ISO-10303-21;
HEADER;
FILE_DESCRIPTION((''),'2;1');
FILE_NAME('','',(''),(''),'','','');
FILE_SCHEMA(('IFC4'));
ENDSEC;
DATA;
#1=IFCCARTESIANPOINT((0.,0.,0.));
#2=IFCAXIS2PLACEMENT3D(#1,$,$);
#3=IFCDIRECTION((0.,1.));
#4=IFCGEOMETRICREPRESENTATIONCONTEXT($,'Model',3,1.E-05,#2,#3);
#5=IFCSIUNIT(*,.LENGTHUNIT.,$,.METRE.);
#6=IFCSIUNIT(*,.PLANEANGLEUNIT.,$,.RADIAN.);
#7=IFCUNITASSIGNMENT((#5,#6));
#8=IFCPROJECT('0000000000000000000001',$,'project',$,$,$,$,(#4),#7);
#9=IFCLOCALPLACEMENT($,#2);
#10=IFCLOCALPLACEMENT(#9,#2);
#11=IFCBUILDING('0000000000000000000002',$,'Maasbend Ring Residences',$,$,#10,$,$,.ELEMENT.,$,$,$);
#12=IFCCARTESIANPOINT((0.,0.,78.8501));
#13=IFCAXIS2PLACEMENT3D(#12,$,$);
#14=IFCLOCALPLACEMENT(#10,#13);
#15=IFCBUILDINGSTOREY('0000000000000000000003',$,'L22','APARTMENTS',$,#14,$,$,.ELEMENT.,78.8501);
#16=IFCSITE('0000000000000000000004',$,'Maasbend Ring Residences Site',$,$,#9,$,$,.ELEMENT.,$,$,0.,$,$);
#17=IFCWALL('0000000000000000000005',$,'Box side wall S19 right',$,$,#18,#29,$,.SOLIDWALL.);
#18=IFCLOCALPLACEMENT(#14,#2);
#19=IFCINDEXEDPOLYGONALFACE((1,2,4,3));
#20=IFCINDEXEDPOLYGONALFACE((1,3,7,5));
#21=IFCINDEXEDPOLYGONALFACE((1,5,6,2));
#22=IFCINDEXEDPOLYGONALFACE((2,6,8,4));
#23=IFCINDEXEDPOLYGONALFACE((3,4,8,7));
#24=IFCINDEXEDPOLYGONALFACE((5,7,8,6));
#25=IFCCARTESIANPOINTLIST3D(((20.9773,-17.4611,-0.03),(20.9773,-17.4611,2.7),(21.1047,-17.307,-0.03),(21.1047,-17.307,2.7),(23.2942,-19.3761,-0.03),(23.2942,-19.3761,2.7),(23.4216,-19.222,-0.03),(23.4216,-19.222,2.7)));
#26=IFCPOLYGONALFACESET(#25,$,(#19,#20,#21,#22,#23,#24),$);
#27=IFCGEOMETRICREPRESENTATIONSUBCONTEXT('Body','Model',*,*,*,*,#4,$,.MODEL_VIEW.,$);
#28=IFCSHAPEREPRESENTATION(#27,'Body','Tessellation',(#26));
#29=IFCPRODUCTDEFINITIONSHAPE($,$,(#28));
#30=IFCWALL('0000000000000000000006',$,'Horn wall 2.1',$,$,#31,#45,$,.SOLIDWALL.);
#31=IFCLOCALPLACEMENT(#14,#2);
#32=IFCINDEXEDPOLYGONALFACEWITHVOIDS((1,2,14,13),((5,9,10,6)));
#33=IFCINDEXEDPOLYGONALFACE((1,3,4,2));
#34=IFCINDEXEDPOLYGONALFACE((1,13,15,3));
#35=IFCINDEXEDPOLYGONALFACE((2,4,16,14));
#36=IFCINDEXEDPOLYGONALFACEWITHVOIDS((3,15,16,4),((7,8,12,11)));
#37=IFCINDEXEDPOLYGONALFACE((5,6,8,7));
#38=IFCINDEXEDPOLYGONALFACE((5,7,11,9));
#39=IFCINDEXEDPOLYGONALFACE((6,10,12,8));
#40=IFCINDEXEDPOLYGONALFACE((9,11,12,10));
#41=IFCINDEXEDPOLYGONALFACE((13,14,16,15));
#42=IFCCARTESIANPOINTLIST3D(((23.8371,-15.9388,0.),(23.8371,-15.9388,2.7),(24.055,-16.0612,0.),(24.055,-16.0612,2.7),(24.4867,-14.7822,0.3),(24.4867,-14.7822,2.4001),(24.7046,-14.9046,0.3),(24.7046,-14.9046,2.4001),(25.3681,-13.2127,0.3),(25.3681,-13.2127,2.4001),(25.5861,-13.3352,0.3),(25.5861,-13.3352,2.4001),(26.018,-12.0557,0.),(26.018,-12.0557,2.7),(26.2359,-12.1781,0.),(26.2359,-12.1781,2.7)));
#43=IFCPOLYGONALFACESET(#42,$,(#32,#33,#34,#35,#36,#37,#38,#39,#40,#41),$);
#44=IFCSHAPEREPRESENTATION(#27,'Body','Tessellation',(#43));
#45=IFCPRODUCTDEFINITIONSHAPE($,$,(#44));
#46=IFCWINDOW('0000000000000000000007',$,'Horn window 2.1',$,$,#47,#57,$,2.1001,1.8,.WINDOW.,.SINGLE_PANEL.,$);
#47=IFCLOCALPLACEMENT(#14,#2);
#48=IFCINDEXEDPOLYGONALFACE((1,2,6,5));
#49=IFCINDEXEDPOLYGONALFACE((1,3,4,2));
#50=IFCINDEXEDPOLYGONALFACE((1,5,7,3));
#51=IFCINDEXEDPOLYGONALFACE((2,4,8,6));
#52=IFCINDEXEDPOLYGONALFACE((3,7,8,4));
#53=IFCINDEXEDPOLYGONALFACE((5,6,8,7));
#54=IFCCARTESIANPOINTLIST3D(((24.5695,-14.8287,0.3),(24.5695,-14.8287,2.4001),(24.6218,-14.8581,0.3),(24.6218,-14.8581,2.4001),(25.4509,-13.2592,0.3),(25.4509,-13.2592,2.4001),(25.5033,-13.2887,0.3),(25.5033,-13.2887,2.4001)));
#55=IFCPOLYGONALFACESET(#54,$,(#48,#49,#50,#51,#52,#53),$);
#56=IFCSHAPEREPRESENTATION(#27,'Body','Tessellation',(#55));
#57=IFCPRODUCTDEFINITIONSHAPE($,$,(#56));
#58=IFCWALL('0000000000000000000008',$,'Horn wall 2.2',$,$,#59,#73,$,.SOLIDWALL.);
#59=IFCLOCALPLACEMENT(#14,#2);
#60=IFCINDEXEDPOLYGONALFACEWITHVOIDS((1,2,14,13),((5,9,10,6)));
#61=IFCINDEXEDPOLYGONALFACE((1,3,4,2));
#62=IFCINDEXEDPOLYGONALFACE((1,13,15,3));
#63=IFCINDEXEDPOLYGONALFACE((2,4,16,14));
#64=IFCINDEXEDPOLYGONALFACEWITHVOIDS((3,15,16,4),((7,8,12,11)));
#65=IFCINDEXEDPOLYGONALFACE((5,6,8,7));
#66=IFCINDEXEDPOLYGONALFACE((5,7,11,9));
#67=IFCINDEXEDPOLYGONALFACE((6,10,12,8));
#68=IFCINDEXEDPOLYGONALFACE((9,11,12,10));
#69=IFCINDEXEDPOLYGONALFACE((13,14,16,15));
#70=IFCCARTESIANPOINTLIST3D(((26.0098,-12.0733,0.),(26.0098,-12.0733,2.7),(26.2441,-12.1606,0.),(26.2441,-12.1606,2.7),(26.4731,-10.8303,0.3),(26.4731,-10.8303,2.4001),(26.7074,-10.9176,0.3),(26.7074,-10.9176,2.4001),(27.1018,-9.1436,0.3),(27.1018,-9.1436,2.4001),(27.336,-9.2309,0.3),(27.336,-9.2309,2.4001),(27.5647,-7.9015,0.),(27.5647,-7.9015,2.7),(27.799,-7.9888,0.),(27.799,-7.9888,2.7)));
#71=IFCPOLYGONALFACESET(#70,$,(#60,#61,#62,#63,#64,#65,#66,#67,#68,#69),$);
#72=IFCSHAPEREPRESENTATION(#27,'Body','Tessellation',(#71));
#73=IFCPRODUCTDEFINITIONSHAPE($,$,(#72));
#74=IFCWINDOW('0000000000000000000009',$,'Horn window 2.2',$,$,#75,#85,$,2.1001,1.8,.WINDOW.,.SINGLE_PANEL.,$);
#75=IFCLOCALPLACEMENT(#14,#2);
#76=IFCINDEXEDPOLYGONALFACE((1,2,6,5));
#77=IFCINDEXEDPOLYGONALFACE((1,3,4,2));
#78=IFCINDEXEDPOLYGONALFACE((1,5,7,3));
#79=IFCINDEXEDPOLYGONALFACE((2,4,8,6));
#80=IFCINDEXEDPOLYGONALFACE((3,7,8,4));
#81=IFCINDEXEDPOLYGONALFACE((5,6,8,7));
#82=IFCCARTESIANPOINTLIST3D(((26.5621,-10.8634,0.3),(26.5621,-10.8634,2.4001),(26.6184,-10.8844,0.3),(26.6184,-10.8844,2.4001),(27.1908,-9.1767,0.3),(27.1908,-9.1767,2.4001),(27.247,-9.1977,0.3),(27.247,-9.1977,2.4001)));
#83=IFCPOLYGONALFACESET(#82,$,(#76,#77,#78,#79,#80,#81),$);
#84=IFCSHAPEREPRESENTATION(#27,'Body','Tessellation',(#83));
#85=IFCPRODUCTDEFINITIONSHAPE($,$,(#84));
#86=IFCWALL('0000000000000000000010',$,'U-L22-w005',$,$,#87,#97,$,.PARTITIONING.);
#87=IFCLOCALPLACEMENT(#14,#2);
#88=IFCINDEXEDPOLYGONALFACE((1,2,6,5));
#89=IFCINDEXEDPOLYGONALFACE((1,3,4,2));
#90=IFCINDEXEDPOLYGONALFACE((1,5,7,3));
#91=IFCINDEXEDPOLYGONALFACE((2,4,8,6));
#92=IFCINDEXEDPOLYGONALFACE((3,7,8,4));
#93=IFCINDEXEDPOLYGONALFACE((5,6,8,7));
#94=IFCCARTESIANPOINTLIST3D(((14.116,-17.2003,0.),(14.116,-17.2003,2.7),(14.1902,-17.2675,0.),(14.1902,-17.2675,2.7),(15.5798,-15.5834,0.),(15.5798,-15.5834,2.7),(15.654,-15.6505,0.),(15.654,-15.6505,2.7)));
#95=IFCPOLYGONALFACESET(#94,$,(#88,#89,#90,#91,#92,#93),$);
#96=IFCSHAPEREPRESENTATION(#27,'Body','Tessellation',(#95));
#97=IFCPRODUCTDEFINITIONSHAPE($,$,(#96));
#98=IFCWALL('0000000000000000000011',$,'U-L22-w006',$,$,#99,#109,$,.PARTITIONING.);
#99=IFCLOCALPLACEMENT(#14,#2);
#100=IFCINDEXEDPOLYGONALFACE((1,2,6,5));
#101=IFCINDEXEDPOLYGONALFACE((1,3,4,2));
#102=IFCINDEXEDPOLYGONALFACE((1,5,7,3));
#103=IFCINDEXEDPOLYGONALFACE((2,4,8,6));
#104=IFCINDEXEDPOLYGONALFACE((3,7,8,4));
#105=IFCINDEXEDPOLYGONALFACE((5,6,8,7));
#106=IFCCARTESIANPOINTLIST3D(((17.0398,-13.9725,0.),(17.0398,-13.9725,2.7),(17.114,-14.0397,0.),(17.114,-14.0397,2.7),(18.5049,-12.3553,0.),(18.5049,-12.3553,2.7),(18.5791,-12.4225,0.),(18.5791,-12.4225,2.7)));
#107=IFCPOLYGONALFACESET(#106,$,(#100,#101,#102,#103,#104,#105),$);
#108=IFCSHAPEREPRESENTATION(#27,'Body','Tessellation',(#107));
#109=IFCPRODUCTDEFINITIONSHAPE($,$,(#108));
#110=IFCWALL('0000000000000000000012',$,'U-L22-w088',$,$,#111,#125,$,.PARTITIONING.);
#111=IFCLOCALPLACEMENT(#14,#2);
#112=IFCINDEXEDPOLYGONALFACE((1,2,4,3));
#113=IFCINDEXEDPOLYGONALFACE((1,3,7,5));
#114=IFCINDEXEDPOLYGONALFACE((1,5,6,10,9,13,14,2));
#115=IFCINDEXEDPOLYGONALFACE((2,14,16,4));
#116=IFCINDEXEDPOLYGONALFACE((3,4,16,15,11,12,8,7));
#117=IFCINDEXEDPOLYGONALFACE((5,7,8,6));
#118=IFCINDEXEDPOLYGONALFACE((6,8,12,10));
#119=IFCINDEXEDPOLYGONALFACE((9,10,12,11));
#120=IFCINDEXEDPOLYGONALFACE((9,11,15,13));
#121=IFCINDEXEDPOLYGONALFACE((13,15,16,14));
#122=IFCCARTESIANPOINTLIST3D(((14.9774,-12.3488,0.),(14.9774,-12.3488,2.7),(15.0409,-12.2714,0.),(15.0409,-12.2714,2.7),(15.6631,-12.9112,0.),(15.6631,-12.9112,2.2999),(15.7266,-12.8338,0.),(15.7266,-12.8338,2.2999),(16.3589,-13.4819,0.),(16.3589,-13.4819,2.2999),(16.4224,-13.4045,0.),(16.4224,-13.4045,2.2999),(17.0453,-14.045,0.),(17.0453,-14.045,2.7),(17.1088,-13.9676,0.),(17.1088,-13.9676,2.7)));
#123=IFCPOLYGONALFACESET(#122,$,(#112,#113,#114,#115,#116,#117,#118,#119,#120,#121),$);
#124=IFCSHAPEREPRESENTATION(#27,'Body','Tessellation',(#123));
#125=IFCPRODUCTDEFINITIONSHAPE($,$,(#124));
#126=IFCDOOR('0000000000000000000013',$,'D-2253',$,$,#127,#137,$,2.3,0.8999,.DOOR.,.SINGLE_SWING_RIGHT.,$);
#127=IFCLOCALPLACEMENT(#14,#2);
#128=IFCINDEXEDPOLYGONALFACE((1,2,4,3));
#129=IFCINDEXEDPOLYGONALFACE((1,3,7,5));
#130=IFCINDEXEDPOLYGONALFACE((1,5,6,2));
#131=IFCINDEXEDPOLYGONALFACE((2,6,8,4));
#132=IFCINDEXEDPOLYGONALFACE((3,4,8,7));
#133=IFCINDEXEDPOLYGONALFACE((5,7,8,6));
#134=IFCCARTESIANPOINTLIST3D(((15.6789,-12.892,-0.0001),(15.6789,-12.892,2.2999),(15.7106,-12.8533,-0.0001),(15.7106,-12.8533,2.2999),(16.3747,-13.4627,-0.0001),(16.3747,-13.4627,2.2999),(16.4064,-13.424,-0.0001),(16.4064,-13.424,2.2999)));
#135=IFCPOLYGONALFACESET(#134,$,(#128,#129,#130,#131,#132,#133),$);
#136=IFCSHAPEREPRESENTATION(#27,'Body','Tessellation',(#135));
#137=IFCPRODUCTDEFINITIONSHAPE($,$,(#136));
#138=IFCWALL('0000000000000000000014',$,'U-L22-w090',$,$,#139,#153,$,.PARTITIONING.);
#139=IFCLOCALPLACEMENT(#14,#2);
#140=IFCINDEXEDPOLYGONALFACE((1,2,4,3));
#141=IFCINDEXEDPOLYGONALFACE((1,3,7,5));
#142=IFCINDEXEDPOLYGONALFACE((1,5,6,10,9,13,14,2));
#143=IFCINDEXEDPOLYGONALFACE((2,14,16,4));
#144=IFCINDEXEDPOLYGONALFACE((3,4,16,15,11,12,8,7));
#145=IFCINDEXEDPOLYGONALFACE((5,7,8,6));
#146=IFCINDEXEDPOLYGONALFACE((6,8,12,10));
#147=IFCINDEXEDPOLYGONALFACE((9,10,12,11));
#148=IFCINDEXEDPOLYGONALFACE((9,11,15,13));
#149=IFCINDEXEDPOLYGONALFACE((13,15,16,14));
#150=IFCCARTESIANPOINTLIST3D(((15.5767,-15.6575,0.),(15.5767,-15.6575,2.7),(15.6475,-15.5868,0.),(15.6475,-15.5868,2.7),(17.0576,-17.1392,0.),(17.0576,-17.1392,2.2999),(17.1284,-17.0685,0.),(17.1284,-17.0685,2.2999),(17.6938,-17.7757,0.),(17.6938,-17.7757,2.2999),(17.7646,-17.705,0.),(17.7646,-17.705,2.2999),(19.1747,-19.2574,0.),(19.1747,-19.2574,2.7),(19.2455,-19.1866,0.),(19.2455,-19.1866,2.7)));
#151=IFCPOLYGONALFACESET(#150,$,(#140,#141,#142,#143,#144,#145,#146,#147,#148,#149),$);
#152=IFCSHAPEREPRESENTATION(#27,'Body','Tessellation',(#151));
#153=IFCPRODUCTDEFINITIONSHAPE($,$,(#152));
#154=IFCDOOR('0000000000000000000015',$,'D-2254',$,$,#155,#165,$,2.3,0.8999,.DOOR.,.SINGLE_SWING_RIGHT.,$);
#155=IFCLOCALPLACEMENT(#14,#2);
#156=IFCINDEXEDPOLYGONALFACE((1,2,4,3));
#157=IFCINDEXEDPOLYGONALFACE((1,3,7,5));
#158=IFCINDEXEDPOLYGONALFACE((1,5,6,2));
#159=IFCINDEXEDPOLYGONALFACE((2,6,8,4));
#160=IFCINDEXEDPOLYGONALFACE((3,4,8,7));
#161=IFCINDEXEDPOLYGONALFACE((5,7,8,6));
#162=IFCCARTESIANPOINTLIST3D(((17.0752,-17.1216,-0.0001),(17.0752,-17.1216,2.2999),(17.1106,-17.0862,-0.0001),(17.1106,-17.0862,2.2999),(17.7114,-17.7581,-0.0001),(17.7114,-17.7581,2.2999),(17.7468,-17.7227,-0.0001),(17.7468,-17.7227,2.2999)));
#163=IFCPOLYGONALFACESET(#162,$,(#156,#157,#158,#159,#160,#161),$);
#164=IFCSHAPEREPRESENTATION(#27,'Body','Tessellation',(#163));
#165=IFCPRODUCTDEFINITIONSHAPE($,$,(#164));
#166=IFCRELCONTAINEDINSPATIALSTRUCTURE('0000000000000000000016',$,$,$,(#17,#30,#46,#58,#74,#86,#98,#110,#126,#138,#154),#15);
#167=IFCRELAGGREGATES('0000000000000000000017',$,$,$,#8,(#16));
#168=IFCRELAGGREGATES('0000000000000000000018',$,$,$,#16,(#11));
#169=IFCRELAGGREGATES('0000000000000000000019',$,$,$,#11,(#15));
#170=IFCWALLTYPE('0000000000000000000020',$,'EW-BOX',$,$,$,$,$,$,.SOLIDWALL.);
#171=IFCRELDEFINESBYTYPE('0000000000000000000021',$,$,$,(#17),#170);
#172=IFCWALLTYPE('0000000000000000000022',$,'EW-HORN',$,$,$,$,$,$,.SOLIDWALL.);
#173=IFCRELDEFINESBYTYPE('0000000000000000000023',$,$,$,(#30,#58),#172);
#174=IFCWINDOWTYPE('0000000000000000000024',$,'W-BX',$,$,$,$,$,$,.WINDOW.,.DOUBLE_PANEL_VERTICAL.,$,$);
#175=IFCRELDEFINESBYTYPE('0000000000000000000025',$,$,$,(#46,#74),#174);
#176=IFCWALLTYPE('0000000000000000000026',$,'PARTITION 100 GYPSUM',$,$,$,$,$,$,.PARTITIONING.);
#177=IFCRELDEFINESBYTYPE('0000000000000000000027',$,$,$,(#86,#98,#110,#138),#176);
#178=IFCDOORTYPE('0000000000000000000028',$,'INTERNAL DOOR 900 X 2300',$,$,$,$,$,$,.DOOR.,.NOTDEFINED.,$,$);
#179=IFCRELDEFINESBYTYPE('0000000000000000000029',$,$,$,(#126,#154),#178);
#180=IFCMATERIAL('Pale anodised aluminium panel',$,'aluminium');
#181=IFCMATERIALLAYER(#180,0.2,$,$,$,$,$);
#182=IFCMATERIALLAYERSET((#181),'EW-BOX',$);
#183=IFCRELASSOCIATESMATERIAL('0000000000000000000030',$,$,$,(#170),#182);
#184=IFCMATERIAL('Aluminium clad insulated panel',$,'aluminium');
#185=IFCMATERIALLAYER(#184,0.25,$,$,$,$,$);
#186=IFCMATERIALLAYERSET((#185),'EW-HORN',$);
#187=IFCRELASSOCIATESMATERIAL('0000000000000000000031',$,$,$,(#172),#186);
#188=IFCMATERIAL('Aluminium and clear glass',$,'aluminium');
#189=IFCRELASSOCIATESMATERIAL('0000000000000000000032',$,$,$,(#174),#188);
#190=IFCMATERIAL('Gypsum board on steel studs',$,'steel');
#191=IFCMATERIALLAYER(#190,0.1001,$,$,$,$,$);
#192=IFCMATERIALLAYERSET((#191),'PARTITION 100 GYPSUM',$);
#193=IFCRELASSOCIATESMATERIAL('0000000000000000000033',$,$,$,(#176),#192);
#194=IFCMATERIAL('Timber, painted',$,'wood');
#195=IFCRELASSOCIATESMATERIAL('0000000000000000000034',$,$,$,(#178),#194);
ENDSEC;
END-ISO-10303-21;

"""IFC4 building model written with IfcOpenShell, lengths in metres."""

from ifc_helpers import new_model, si_unit, direction, frame, frame_2d, origin, place, context, subcontext, project, spatial, rectangle, extrude, material, layer, layer_set, type_object, element, fill, save


model = new_model("IFC4")

# Units and contexts
model_context = context("Model", 3, precision=1e-05, world=origin(), true_north=direction((0.0, 1.0)))
body_context = subcontext(model_context, "Body", "Model", "MODEL_VIEW")
ifc_project = project(units=[si_unit("LENGTHUNIT", "METRE"), si_unit("PLANEANGLEUNIT", "RADIAN")], contexts=[model_context])

# Site, building, storey
site_placement = place(None, origin())
site = spatial("IfcSite", under=ifc_project, at=site_placement, Name="Maasbend Ring Residences Site", CompositionType="ELEMENT", RefElevation=0.0)
building_placement = place(site_placement, origin())
building = spatial("IfcBuilding", under=site, at=building_placement, Name="Maasbend Ring Residences", CompositionType="ELEMENT")
storey_placement = place(building_placement, frame((0.0, 0.0, 78.8501)))
storey = spatial("IfcBuildingStorey", under=building, at=storey_placement, Name="L22", Description="APARTMENTS", CompositionType="ELEMENT", Elevation=78.8501)

# Wall
ifc_material_1 = material(Name="Pale anodised aluminium panel", Category="aluminium")
ifc_layer_1 = layer(ifc_material_1, 0.2)
ifc_layer_set_1 = layer_set([ifc_layer_1], Name="EW-BOX")
wall_type_1 = type_object("IfcWallType", Name="EW-BOX", PredefinedType="SOLIDWALL", material=ifc_layer_set_1)
wall_1_placement = place(storey_placement, frame((21.041, -17.384, -0.03), z_axis=(0.0, 0.0, 1.0), x_axis=(0.770785, -0.637096, 0.0)))
element("IfcWall", 1, at=wall_1_placement, inside=storey, type_object=wall_type_1, Name="Box side wall S19 right", PredefinedType="SOLIDWALL", context=body_context, shape_type="SweptSolid", body=[
    extrude(rectangle(XDim=3.0059, YDim=0.2, at=frame_2d((1.5029, 0.0))), origin(), (0.0, 0.0, 1.0), 2.73),
])

# Walls, openings, windows
ifc_material_2 = material(Name="Aluminium clad insulated panel", Category="aluminium")
ifc_layer_2 = layer(ifc_material_2, 0.25)
ifc_layer_set_2 = layer_set([ifc_layer_2], Name="EW-HORN")
wall_type_2 = type_object("IfcWallType", Name="EW-HORN", PredefinedType="SOLIDWALL", material=ifc_layer_set_2)
wall_2_placement = place(storey_placement, frame((23.946, -16.0, 0.0), z_axis=(0.0, 0.0, 1.0), x_axis=(0.489696, 0.871893, 0.0)))
wall_2 = element("IfcWall", 2, at=wall_2_placement, inside=storey, type_object=wall_type_2, Name="Horn wall 2.1", PredefinedType="SOLIDWALL", context=body_context, shape_type="SweptSolid", body=[
    extrude(rectangle(XDim=4.4536, YDim=0.25, at=frame_2d((2.2268, 0.0))), origin(), (0.0, 0.0, 1.0), 2.7),
])
opening_1_placement = place(wall_2_placement, frame((1.3267, 0.0, 0.3)))
opening_1 = element("IfcOpeningElement", 3, at=opening_1_placement, cuts=wall_2, PredefinedType="OPENING", context=body_context, shape_type="SweptSolid", body=[
    extrude(rectangle(XDim=1.8, YDim=2.1001, at=frame_2d((0.8999, 1.05))), frame((0.0, 0.135, 0.0), z_axis=(0.0, -1.0, 0.0), x_axis=(1.0, 0.0, 0.0)), (0.0, 0.0, 1.0), 0.27),
])
ifc_material_3 = material(Name="Aluminium and clear glass", Category="aluminium")
window_type = type_object("IfcWindowType", Name="W-BX", PartitioningType="DOUBLE_PANEL_VERTICAL", PredefinedType="WINDOW", material=ifc_material_3)
window_1_placement = place(opening_1_placement, origin())
window_1 = element("IfcWindow", 4, at=window_1_placement, inside=storey, type_object=window_type, Name="Horn window 2.1", OverallHeight=2.1001, OverallWidth=1.8, PartitioningType="SINGLE_PANEL", PredefinedType="WINDOW", context=body_context, shape_type="SweptSolid", body=[
    extrude(rectangle(XDim=1.8, YDim=2.1001, at=frame_2d((0.8999, 1.05))), frame((0.0, 0.03, 0.0), z_axis=(0.0, -1.0, 0.0), x_axis=(1.0, 0.0, 0.0)), (0.0, 0.0, 1.0), 0.0601),
])
fill(opening_1, window_1)
wall_3_placement = place(storey_placement, frame((26.127, -12.1169, 0.0), z_axis=(0.0, 0.0, 1.0), x_axis=(0.349248, 0.93703, 0.0)))
wall_3 = element("IfcWall", 5, at=wall_3_placement, inside=storey, type_object=wall_type_2, Name="Horn wall 2.2", PredefinedType="SOLIDWALL", context=body_context, shape_type="SweptSolid", body=[
    extrude(rectangle(XDim=4.4521, YDim=0.25, at=frame_2d((2.2261, 0.0))), origin(), (0.0, 0.0, 1.0), 2.7),
])
opening_2_placement = place(wall_3_placement, frame((1.3267, 0.0, 0.3)))
opening_2 = element("IfcOpeningElement", 6, at=opening_2_placement, cuts=wall_3, PredefinedType="OPENING", context=body_context, shape_type="SweptSolid", body=[
    extrude(rectangle(XDim=1.8, YDim=2.1001, at=frame_2d((0.8999, 1.05))), frame((0.0, 0.135, 0.0), z_axis=(0.0, -1.0, 0.0), x_axis=(1.0, 0.0, 0.0)), (0.0, 0.0, 1.0), 0.27),
])
window_2_placement = place(opening_2_placement, origin())
window_2 = element("IfcWindow", 7, at=window_2_placement, inside=storey, type_object=window_type, Name="Horn window 2.2", OverallHeight=2.1001, OverallWidth=1.8, PartitioningType="SINGLE_PANEL", PredefinedType="WINDOW", context=body_context, shape_type="SweptSolid", body=[
    extrude(rectangle(XDim=1.8, YDim=2.1001, at=frame_2d((0.8999, 1.05))), frame((0.0, 0.03, 0.0), z_axis=(0.0, -1.0, 0.0), x_axis=(1.0, 0.0, 0.0)), (0.0, 0.0, 1.0), 0.0601),
])
fill(opening_2, window_2)

# Walls
ifc_material_4 = material(Name="Gypsum board on steel studs", Category="steel")
ifc_layer_3 = layer(ifc_material_4, 0.1001)
ifc_layer_set_3 = layer_set([ifc_layer_3], Name="PARTITION 100 GYPSUM")
wall_type_3 = type_object("IfcWallType", Name="PARTITION 100 GYPSUM", PredefinedType="PARTITIONING", material=ifc_layer_set_3)
wall_4_placement = place(storey_placement, frame((14.1531, -17.2339, 0.0), z_axis=(0.0, 0.0, 1.0), x_axis=(0.671145, 0.741326, 0.0)))
element("IfcWall", 8, at=wall_4_placement, inside=storey, type_object=wall_type_3, Name="U-L22-w005", PredefinedType="PARTITIONING", context=body_context, shape_type="SweptSolid", body=[
    extrude(rectangle(XDim=2.1812, YDim=0.1001, at=frame_2d((1.0906, 0.0))), origin(), (0.0, 0.0, 1.0), 2.7),
])
wall_5_placement = place(storey_placement, frame((17.0769, -14.0061, 0.0), z_axis=(0.0, 0.0, 1.0), x_axis=(0.671397, 0.741098, 0.0)))
element("IfcWall", 9, at=wall_5_placement, inside=storey, type_object=wall_type_3, Name="U-L22-w006", PredefinedType="PARTITIONING", context=body_context, shape_type="SweptSolid", body=[
    extrude(rectangle(XDim=2.1821, YDim=0.1001, at=frame_2d((1.0911, 0.0))), origin(), (0.0, 0.0, 1.0), 2.7),
])

# Walls, openings, doors
wall_6_placement = place(storey_placement, frame((15.009, -12.3101, 0.0), z_axis=(0.0, 0.0, 1.0), x_axis=(0.773196, -0.634167, 0.0)))
wall_6 = element("IfcWall", 10, at=wall_6_placement, inside=storey, type_object=wall_type_3, Name="U-L22-w088", PredefinedType="PARTITIONING", context=body_context, shape_type="SweptSolid", body=[
    extrude(rectangle(XDim=2.6746, YDim=0.1001, at=frame_2d((1.3374, 0.0))), origin(), (0.0, 0.0, 1.0), 2.7),
])
opening_3_placement = place(wall_6_placement, frame((0.887, 0.0, 0.0)))
opening_3 = element("IfcOpeningElement", 11, at=opening_3_placement, cuts=wall_6, PredefinedType="OPENING", context=body_context, shape_type="SweptSolid", body=[
    extrude(rectangle(XDim=0.8999, YDim=2.3, at=frame_2d((0.45, 1.1499))), frame((0.0, 0.0601, 0.0), z_axis=(0.0, -1.0, 0.0), x_axis=(1.0, 0.0, 0.0)), (0.0, 0.0, 1.0), 0.1201),
])
ifc_material_5 = material(Name="Timber, painted", Category="wood")
door_type_1 = type_object("IfcDoorType", Name="INTERNAL DOOR 900 X 2300", OperationType="NOTDEFINED", PredefinedType="DOOR", material=ifc_material_5)
door_1_placement = place(opening_3_placement, origin())
door_1 = element("IfcDoor", 12, at=door_1_placement, inside=storey, type_object=door_type_1, Name="D-2253", OperationType="SINGLE_SWING_RIGHT", OverallHeight=2.3, OverallWidth=0.8999, PredefinedType="DOOR", context=body_context, shape_type="SweptSolid", body=[
    extrude(rectangle(XDim=0.8999, YDim=2.3, at=frame_2d((0.45, 1.1499))), frame((0.0, 0.0249, 0.0), z_axis=(0.0, -1.0, 0.0), x_axis=(1.0, 0.0, 0.0)), (0.0, 0.0, 1.0), 0.05),
])
fill(opening_3, door_1)
wall_7_placement = place(storey_placement, frame((15.6121, -15.6221, 0.0), z_axis=(0.0, 0.0, 1.0), x_axis=(0.706915, -0.707299, 0.0)))
wall_7 = element("IfcWall", 13, at=wall_7_placement, inside=storey, type_object=wall_type_3, Name="U-L22-w090", PredefinedType="PARTITIONING", context=body_context, shape_type="SweptSolid", body=[
    extrude(rectangle(XDim=5.0896, YDim=0.1001, at=frame_2d((2.5449, 0.0))), origin(), (0.0, 0.0, 1.0), 2.7),
])
opening_4_placement = place(wall_7_placement, frame((2.095, 0.0, 0.0)))
opening_4 = element("IfcOpeningElement", 14, at=opening_4_placement, cuts=wall_7, PredefinedType="OPENING", context=body_context, shape_type="SweptSolid", body=[
    extrude(rectangle(XDim=0.8999, YDim=2.3, at=frame_2d((0.45, 1.1499))), frame((0.0, 0.0601, 0.0), z_axis=(0.0, -1.0, 0.0), x_axis=(1.0, 0.0, 0.0)), (0.0, 0.0, 1.0), 0.1201),
])
door_2_placement = place(opening_4_placement, origin())
door_2 = element("IfcDoor", 15, at=door_2_placement, inside=storey, type_object=door_type_1, Name="D-2254", OperationType="SINGLE_SWING_RIGHT", OverallHeight=2.3, OverallWidth=0.8999, PredefinedType="DOOR", context=body_context, shape_type="SweptSolid", body=[
    extrude(rectangle(XDim=0.8999, YDim=2.3, at=frame_2d((0.45, 1.1499))), frame((0.0, 0.0249, 0.0), z_axis=(0.0, -1.0, 0.0), x_axis=(1.0, 0.0, 0.0)), (0.0, 0.0, 1.0), 0.05),
])
fill(opening_4, door_2)

save(model, "model.ifc")
